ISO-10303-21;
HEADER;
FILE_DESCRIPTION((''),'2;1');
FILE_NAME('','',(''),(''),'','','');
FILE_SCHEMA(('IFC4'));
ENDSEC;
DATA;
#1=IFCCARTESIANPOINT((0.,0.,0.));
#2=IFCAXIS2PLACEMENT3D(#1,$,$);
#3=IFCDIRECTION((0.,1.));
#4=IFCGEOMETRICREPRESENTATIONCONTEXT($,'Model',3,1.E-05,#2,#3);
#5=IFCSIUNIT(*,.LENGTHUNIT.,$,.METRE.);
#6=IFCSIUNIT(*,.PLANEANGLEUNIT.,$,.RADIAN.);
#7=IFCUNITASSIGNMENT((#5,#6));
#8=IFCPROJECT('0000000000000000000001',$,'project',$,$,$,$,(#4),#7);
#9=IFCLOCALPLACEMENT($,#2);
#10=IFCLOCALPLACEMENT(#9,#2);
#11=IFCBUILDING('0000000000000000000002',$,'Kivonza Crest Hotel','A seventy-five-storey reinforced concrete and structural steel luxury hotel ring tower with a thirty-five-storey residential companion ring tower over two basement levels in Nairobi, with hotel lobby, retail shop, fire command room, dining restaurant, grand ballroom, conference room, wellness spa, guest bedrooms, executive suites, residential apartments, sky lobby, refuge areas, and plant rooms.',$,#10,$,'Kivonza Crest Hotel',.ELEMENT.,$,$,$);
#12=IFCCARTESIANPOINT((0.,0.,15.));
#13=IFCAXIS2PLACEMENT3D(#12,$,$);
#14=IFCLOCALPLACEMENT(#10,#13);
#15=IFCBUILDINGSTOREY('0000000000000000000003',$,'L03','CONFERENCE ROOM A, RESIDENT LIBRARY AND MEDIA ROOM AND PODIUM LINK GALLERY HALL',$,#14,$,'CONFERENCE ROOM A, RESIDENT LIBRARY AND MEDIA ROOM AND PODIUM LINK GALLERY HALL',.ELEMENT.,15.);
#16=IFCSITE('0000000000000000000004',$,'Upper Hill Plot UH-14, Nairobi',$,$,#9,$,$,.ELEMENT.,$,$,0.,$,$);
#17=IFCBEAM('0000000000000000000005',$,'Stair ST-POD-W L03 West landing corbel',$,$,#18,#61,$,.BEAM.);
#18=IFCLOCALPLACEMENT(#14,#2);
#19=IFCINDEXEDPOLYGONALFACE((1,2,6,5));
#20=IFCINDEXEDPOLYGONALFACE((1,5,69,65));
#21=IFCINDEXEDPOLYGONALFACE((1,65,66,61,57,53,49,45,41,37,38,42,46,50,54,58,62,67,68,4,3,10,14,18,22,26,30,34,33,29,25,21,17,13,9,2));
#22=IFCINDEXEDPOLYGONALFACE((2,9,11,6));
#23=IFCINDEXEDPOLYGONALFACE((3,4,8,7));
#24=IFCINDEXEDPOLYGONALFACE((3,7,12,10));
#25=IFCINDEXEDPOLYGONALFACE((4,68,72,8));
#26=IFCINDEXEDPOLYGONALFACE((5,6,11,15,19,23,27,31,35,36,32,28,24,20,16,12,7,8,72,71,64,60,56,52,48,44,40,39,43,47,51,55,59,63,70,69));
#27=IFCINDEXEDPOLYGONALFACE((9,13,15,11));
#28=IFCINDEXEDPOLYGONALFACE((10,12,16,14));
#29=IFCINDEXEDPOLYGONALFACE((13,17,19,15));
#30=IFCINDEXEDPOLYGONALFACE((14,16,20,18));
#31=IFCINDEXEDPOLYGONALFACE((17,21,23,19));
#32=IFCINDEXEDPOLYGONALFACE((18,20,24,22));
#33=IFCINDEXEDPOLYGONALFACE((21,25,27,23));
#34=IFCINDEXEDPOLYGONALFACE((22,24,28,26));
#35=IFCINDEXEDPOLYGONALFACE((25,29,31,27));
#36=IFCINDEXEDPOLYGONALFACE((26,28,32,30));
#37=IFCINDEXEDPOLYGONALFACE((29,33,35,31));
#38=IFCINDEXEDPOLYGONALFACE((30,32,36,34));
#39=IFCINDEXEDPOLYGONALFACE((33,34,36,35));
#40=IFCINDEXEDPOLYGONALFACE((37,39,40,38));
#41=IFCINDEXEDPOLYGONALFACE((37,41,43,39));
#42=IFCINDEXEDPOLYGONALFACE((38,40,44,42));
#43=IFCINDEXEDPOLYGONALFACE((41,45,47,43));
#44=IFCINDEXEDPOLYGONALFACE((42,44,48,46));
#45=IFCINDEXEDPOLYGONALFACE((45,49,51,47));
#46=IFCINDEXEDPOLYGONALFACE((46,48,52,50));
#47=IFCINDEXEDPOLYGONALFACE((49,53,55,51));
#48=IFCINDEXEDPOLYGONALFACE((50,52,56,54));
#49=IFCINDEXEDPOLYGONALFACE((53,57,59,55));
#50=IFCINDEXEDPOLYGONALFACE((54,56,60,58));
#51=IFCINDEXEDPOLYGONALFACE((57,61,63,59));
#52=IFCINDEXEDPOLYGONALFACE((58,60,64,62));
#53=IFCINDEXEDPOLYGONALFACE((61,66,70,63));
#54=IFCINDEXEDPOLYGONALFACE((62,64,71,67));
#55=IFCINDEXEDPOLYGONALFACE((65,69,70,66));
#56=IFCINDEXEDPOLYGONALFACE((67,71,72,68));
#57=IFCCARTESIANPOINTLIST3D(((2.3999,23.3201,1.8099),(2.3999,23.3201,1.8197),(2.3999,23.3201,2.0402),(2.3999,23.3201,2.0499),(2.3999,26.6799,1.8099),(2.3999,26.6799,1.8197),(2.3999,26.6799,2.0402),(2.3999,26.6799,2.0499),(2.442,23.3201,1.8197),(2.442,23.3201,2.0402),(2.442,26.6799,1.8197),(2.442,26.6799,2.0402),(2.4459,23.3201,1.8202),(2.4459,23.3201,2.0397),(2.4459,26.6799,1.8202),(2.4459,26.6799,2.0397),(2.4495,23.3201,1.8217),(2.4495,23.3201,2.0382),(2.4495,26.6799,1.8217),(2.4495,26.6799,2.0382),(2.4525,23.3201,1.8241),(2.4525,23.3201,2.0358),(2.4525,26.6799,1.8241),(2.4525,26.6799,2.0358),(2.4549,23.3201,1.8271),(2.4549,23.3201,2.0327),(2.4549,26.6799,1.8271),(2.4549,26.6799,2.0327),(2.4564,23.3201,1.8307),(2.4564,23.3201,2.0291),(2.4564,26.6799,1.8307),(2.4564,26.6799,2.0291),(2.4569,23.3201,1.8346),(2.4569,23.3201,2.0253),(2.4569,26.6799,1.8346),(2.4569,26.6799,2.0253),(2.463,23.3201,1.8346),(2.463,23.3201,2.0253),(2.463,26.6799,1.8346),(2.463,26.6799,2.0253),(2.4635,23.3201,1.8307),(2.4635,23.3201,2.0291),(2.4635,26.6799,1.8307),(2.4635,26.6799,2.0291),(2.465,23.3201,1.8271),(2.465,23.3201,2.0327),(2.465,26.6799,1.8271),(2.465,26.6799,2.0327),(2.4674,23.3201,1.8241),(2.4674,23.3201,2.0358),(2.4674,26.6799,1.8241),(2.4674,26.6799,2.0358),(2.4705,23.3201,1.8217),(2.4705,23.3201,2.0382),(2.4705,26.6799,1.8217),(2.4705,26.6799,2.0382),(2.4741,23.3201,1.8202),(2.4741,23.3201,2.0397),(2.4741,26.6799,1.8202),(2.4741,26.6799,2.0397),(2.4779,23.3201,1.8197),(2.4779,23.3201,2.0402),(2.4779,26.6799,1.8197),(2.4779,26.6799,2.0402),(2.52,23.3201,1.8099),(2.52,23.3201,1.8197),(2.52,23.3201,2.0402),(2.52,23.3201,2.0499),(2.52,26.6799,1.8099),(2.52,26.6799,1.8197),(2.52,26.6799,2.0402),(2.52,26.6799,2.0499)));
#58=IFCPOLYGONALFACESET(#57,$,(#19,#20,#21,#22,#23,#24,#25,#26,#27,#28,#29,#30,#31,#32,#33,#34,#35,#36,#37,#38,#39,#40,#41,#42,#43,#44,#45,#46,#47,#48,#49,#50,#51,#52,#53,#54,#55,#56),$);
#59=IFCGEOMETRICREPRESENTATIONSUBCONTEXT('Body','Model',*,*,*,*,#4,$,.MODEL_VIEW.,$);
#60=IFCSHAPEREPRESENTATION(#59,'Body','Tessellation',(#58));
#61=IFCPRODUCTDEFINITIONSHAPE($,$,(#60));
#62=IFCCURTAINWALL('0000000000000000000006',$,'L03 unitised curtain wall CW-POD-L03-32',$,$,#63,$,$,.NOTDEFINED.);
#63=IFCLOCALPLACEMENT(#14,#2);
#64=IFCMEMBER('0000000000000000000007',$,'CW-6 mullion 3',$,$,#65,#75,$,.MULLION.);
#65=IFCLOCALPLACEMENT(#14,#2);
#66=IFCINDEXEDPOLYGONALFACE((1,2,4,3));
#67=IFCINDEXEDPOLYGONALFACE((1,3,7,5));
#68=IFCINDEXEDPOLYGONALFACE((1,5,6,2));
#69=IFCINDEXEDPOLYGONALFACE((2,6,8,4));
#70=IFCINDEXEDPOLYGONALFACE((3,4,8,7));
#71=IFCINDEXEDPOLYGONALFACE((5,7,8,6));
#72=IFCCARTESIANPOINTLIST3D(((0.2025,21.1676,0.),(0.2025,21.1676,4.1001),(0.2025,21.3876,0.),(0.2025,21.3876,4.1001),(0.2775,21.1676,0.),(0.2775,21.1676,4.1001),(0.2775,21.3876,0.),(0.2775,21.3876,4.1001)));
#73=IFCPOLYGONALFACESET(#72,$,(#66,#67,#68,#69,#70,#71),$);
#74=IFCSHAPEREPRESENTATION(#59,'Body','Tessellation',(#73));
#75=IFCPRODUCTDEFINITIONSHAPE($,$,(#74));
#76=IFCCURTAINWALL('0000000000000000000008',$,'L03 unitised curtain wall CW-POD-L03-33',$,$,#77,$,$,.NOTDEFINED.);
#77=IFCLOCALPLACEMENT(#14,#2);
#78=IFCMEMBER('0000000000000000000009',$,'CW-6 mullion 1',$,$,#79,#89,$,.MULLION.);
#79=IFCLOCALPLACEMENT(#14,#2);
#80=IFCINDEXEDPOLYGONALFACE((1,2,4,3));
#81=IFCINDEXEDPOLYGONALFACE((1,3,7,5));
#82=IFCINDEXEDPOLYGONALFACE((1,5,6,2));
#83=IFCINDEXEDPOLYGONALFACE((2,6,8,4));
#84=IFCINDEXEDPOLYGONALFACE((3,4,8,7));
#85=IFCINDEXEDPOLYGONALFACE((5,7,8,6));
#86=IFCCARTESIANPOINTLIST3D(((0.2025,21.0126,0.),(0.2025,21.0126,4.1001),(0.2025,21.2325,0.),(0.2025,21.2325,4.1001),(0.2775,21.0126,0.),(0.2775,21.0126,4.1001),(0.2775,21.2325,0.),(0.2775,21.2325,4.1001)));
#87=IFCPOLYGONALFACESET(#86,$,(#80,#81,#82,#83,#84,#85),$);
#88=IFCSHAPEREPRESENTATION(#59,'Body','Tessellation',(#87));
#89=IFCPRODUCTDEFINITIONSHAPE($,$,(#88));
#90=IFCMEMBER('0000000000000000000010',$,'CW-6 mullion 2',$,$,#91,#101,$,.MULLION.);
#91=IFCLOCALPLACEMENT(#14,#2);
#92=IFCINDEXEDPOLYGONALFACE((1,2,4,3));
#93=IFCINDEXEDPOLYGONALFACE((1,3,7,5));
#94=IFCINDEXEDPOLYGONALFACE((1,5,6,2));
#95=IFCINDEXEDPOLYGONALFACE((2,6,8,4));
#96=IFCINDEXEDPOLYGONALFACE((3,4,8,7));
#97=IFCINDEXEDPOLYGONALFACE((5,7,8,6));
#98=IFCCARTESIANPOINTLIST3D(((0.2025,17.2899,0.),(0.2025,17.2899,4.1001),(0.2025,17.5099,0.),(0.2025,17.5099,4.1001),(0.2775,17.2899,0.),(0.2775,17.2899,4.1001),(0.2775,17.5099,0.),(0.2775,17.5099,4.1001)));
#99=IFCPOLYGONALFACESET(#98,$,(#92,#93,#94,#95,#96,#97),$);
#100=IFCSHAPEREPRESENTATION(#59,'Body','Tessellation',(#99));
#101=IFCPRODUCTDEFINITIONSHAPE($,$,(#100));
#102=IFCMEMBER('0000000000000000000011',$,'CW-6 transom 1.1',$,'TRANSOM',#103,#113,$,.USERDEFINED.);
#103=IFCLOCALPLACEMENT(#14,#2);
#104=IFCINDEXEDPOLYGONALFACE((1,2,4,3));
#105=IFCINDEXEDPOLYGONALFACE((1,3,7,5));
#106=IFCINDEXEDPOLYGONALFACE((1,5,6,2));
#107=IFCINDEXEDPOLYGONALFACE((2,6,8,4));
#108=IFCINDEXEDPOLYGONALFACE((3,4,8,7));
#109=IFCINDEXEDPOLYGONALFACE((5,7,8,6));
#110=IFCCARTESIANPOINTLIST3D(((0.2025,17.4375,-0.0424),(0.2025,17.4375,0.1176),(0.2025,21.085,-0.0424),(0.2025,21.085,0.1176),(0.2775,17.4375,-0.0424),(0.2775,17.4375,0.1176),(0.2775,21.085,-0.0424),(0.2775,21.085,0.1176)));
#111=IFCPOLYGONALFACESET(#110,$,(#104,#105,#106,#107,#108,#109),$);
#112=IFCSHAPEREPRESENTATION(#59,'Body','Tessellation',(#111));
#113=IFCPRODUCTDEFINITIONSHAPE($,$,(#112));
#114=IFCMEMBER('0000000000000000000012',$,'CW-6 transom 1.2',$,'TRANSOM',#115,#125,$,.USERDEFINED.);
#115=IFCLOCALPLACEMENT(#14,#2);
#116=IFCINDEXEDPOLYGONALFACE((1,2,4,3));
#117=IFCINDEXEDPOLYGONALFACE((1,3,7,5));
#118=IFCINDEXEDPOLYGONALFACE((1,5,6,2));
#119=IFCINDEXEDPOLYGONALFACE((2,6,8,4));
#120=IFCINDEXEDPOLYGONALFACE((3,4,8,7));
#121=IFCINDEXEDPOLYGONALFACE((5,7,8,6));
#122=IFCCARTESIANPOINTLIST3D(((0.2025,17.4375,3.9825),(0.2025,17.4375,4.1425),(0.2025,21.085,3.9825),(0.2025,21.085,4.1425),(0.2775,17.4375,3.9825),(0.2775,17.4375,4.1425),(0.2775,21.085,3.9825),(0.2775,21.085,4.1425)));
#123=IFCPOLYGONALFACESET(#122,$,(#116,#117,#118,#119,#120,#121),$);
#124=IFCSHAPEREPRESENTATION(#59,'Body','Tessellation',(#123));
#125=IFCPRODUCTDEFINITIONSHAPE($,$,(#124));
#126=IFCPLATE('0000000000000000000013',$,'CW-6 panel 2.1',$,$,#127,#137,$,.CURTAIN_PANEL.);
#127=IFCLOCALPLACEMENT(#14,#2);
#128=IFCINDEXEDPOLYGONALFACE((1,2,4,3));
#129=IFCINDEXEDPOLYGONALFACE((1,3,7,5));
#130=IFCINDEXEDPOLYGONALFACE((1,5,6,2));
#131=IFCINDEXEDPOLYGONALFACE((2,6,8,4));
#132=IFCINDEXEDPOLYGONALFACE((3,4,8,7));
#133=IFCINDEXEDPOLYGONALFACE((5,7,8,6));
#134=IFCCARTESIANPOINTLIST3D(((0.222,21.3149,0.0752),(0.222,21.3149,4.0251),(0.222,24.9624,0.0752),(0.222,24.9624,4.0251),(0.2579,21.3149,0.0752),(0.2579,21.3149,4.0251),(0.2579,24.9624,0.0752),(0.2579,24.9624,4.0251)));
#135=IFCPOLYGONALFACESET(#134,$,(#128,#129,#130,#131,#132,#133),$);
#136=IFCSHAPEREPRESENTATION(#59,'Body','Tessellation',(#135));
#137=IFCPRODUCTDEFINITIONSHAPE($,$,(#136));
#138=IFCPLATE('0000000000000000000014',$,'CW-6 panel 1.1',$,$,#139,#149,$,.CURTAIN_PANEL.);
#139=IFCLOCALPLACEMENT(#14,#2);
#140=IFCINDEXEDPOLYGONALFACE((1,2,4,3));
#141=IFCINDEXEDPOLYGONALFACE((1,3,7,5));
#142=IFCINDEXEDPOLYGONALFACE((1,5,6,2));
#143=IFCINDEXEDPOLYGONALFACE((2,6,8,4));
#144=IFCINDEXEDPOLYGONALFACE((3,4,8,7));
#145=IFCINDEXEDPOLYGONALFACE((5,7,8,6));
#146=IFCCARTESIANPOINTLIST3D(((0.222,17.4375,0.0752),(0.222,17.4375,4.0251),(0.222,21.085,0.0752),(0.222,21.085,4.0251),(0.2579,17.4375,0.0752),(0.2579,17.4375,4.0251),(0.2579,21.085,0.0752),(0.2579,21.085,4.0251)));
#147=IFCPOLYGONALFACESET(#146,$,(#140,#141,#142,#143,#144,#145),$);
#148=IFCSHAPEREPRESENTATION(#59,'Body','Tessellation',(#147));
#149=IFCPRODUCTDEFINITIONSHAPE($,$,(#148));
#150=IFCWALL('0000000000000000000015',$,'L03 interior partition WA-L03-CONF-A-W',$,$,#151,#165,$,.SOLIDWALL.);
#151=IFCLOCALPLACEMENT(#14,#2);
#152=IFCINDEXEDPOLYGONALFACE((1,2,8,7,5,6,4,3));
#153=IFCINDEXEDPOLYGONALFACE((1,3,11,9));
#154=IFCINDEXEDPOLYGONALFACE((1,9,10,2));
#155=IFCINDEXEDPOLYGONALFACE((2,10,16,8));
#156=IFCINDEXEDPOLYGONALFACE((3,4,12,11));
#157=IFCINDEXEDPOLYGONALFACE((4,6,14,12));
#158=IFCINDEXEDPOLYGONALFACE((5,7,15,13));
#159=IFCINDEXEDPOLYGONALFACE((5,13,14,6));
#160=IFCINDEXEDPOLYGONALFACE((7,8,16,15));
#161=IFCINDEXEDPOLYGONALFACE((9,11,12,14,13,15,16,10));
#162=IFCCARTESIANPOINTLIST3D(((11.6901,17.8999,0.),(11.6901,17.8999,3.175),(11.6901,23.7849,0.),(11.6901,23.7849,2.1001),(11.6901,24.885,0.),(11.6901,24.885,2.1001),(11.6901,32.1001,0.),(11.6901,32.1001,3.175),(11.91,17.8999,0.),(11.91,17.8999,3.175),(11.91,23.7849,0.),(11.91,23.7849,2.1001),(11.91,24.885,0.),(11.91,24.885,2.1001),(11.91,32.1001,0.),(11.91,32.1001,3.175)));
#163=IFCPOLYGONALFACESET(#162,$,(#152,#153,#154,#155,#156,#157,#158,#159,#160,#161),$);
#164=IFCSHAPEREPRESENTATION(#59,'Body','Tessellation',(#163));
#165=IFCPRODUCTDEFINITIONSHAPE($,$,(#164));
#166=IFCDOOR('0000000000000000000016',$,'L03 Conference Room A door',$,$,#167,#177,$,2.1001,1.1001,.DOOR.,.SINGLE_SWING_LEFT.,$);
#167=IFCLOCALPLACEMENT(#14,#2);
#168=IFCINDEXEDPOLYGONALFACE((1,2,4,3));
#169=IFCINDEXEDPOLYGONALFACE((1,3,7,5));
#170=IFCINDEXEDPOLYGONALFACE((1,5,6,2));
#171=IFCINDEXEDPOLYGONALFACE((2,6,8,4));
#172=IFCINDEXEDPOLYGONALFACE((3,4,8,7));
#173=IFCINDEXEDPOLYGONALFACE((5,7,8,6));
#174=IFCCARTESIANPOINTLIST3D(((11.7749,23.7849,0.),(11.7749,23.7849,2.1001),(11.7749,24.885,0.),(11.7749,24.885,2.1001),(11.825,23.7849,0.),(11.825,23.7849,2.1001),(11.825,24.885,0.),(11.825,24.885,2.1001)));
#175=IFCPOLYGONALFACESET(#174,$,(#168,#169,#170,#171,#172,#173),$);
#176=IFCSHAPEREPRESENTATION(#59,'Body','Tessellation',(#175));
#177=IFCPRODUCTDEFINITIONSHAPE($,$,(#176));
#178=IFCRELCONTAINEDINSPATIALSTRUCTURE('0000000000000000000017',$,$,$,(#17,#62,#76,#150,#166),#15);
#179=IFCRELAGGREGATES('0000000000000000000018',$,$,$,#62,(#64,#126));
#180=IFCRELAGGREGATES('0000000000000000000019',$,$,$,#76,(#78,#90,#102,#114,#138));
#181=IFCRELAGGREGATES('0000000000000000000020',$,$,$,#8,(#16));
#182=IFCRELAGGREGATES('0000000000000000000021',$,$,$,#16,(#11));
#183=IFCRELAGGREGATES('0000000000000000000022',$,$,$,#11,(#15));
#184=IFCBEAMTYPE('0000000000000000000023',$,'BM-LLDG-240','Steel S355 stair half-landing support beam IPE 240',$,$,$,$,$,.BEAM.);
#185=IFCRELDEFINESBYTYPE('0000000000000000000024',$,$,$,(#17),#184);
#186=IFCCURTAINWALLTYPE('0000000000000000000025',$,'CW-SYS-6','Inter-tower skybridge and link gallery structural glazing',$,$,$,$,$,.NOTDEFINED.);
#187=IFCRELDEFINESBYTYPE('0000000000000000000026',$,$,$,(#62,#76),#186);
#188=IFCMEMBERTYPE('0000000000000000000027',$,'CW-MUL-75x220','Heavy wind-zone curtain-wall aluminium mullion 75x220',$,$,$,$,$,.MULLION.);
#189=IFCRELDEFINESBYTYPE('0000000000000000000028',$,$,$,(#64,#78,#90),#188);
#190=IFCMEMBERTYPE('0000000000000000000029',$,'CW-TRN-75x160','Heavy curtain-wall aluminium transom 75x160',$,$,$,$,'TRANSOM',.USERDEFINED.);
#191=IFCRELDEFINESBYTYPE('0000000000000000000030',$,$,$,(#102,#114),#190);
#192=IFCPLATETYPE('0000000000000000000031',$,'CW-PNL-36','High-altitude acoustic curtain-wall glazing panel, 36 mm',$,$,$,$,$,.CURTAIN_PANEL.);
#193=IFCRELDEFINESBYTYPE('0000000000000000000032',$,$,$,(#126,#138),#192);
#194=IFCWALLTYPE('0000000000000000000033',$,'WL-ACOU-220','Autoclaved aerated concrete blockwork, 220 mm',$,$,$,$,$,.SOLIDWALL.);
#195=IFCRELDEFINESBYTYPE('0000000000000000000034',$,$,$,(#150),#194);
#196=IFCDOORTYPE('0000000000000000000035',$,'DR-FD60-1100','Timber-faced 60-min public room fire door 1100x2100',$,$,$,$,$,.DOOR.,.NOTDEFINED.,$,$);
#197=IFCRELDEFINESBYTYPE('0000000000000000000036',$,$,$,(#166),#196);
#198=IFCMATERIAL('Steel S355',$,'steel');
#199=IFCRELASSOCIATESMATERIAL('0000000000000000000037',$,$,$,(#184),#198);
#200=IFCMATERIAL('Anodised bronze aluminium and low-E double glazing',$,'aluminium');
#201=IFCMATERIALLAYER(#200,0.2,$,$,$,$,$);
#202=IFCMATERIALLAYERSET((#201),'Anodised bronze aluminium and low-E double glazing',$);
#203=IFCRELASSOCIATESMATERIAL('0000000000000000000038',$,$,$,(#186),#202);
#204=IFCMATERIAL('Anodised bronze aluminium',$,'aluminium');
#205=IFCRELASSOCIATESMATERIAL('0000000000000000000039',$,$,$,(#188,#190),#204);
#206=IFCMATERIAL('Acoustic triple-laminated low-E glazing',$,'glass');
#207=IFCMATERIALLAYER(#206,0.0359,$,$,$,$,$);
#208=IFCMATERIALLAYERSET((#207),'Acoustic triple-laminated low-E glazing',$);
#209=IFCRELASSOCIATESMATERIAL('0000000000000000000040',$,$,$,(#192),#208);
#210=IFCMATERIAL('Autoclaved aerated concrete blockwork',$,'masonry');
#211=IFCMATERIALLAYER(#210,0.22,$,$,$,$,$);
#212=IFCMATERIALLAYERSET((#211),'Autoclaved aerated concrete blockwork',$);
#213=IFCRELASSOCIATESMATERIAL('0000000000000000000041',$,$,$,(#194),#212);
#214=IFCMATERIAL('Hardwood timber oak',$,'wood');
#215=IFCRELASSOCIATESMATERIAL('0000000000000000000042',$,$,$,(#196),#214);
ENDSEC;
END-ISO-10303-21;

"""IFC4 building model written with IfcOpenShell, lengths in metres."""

from ifc_helpers import new_model, si_unit, direction, frame, frame_2d, origin, origin_2d, place, context, subcontext, project, spatial, rectangle, i_section, extrude, material, layer, layer_set, material_profile, profile_set, type_object, element, fill, aggregate, save


model = new_model("IFC4")

# Units and contexts
model_context = context("Model", 3, precision=1e-05, world=origin(), true_north=direction((0.0, 1.0)))
body_context = subcontext(model_context, "Body", "Model", "MODEL_VIEW")
ifc_project = project(units=[si_unit("LENGTHUNIT", "METRE"), si_unit("PLANEANGLEUNIT", "RADIAN")], contexts=[model_context])

# Site, building, storey
site_placement = place(None, origin())
site = spatial("IfcSite", under=ifc_project, at=site_placement, Name="Upper Hill Plot UH-14, Nairobi", CompositionType="ELEMENT", RefElevation=0.0)
building_placement = place(site_placement, origin())
building = spatial("IfcBuilding", under=site, at=building_placement, Name="Kivonza Crest Hotel", Description="A seventy-five-storey reinforced concrete and structural steel luxury hotel ring tower with a thirty-five-storey residential companion ring tower over two basement levels in Nairobi, with hotel lobby, retail shop, fire command room, dining restaurant, grand ballroom, conference room, wellness spa, guest bedrooms, executive suites, residential apartments, sky lobby, refuge areas, and plant rooms.", LongName="Kivonza Crest Hotel", CompositionType="ELEMENT")
storey_placement = place(building_placement, frame((0.0, 0.0, 15.0)))
storey = spatial("IfcBuildingStorey", under=building, at=storey_placement, Name="L03", Description="CONFERENCE ROOM A, RESIDENT LIBRARY AND MEDIA ROOM AND PODIUM LINK GALLERY HALL", LongName="CONFERENCE ROOM A, RESIDENT LIBRARY AND MEDIA ROOM AND PODIUM LINK GALLERY HALL", CompositionType="ELEMENT", Elevation=15.0)

# Beam
ifc_material_1 = material(Name="Steel S355", Category="steel")
ifc_material_profile_1 = material_profile(ifc_material_1, i_section(OverallWidth=0.1201, OverallDepth=0.24, WebThickness=0.0061, FlangeThickness=0.0098, FilletRadius=0.0149, at=origin_2d()), Name="IPE 240")
ifc_profile_set_1 = profile_set([ifc_material_profile_1], Name="Steel S355")
beam_type_1 = type_object("IfcBeamType", Name="BM-LLDG-240", Description="Steel S355 stair half-landing support beam IPE 240", PredefinedType="BEAM", material=ifc_profile_set_1)
beam_1_placement = place(storey_placement, frame((2.46, 23.3201, 1.9299), z_axis=(0.0, 1.0, 0.0), x_axis=(-1.0, 0.0, 0.0)))
element("IfcBeam", 1, at=beam_1_placement, inside=storey, type_object=beam_type_1, Name="Stair ST-POD-W L03 West landing corbel", PredefinedType="BEAM", context=body_context, shape_type="SweptSolid", body=[
    extrude(i_section(OverallWidth=0.1201, OverallDepth=0.24, WebThickness=0.0061, FlangeThickness=0.0098, FilletRadius=0.0149, at=origin_2d()), origin(), (0.0, 0.0, 1.0), 3.3599),
])

# Curtain wall, member
ifc_material_2 = material(Name="Anodised bronze aluminium and low-E double glazing", Category="aluminium")
ifc_layer_1 = layer(ifc_material_2, 0.2)
ifc_layer_set_1 = layer_set([ifc_layer_1], Name="Anodised bronze aluminium and low-E double glazing")
curtain_wall_type = type_object("IfcCurtainWallType", Name="CW-SYS-6", Description="Inter-tower skybridge and link gallery structural glazing", PredefinedType="NOTDEFINED", material=ifc_layer_set_1)
curtain_wall_1_placement = place(storey_placement, origin())
curtain_wall_1 = element("IfcCurtainWall", 2, at=curtain_wall_1_placement, inside=storey, type_object=curtain_wall_type, Name="L03 unitised curtain wall CW-POD-L03-32", PredefinedType="NOTDEFINED")
ifc_material_3 = material(Name="Anodised bronze aluminium", Category="aluminium")
ifc_material_profile_2 = material_profile(ifc_material_3, rectangle(XDim=0.075, YDim=0.22, at=origin_2d()), Name="CW-M 75x220")
ifc_profile_set_2 = profile_set([ifc_material_profile_2], Name="Anodised bronze aluminium")
member_type_1 = type_object("IfcMemberType", Name="CW-MUL-75x220", Description="Heavy wind-zone curtain-wall aluminium mullion 75x220", PredefinedType="MULLION", material=ifc_profile_set_2)
member_1_placement = place(storey_placement, frame((0.24, 21.2776, 0.0), z_axis=(0.0, 0.0, 1.0), x_axis=(1.0, 0.0, 0.0)))
member_1 = element("IfcMember", 3, at=member_1_placement, type_object=member_type_1, Name="CW-6 mullion 3", PredefinedType="MULLION", context=body_context, shape_type="SweptSolid", body=[
    extrude(rectangle(XDim=0.075, YDim=0.22, at=origin_2d()), origin(), (0.0, 0.0, 1.0), 4.1001),
])

# Curtain wall, members
curtain_wall_2_placement = place(storey_placement, origin())
curtain_wall_2 = element("IfcCurtainWall", 4, at=curtain_wall_2_placement, inside=storey, type_object=curtain_wall_type, Name="L03 unitised curtain wall CW-POD-L03-33", PredefinedType="NOTDEFINED")
member_2_placement = place(storey_placement, frame((0.24, 21.1226, 0.0), z_axis=(0.0, 0.0, 1.0), x_axis=(1.0, 0.0, 0.0)))
member_2 = element("IfcMember", 5, at=member_2_placement, type_object=member_type_1, Name="CW-6 mullion 1", PredefinedType="MULLION", context=body_context, shape_type="SweptSolid", body=[
    extrude(rectangle(XDim=0.075, YDim=0.22, at=origin_2d()), origin(), (0.0, 0.0, 1.0), 4.1001),
])
member_3_placement = place(storey_placement, frame((0.24, 17.3999, 0.0), z_axis=(0.0, 0.0, 1.0), x_axis=(1.0, 0.0, 0.0)))
member_3 = element("IfcMember", 6, at=member_3_placement, type_object=member_type_1, Name="CW-6 mullion 2", PredefinedType="MULLION", context=body_context, shape_type="SweptSolid", body=[
    extrude(rectangle(XDim=0.075, YDim=0.22, at=origin_2d()), origin(), (0.0, 0.0, 1.0), 4.1001),
])
ifc_material_profile_3 = material_profile(ifc_material_3, rectangle(XDim=0.075, YDim=0.1599, at=origin_2d()), Name="CW-T 75x160")
ifc_profile_set_3 = profile_set([ifc_material_profile_3], Name="Anodised bronze aluminium")
member_type_2 = type_object("IfcMemberType", Name="CW-TRN-75x160", Description="Heavy curtain-wall aluminium transom 75x160", ElementType="TRANSOM", PredefinedType="USERDEFINED", material=ifc_profile_set_3)
member_4_placement = place(storey_placement, frame((0.24, 21.085, 0.0376), z_axis=(0.0, -1.0, 0.0), x_axis=(1.0, 0.0, 0.0)))
member_4 = element("IfcMember", 7, at=member_4_placement, type_object=member_type_2, Name="CW-6 transom 1.1", ObjectType="TRANSOM", PredefinedType="USERDEFINED", context=body_context, shape_type="SweptSolid", body=[
    extrude(rectangle(XDim=0.075, YDim=0.1599, at=origin_2d()), origin(), (0.0, 0.0, 1.0), 3.6475),
])
member_5_placement = place(storey_placement, frame((0.24, 21.085, 4.0625), z_axis=(0.0, -1.0, 0.0), x_axis=(1.0, 0.0, 0.0)))
member_5 = element("IfcMember", 8, at=member_5_placement, type_object=member_type_2, Name="CW-6 transom 1.2", ObjectType="TRANSOM", PredefinedType="USERDEFINED", context=body_context, shape_type="SweptSolid", body=[
    extrude(rectangle(XDim=0.075, YDim=0.1599, at=origin_2d()), origin(), (0.0, 0.0, 1.0), 3.6475),
])

# Plates
ifc_material_4 = material(Name="Acoustic triple-laminated low-E glazing", Category="glass")
ifc_layer_2 = layer(ifc_material_4, 0.0359)
ifc_layer_set_2 = layer_set([ifc_layer_2], Name="Acoustic triple-laminated low-E glazing")
plate_type = type_object("IfcPlateType", Name="CW-PNL-36", Description="High-altitude acoustic curtain-wall glazing panel, 36 mm", PredefinedType="CURTAIN_PANEL", material=ifc_layer_set_2)
plate_1_placement = place(storey_placement, frame((0.24, 23.1387, 0.0752), z_axis=(0.0, 0.0, 1.0), x_axis=(0.0, -1.0, 0.0)))
plate_1 = element("IfcPlate", 9, at=plate_1_placement, type_object=plate_type, Name="CW-6 panel 2.1", PredefinedType="CURTAIN_PANEL", context=body_context, shape_type="SweptSolid", body=[
    extrude(rectangle(XDim=3.6475, YDim=0.0359, at=origin_2d()), origin(), (0.0, 0.0, 1.0), 3.95),
])
aggregate(curtain_wall_1, [member_1, plate_1])
plate_2_placement = place(storey_placement, frame((0.24, 19.2612, 0.0752), z_axis=(0.0, 0.0, 1.0), x_axis=(0.0, -1.0, 0.0)))
plate_2 = element("IfcPlate", 10, at=plate_2_placement, type_object=plate_type, Name="CW-6 panel 1.1", PredefinedType="CURTAIN_PANEL", context=body_context, shape_type="SweptSolid", body=[
    extrude(rectangle(XDim=3.6475, YDim=0.0359, at=origin_2d()), origin(), (0.0, 0.0, 1.0), 3.95),
])
aggregate(curtain_wall_2, [member_2, member_3, member_4, member_5, plate_2])

# Wall, opening, door
ifc_material_5 = material(Name="Autoclaved aerated concrete blockwork", Category="masonry")
ifc_layer_3 = layer(ifc_material_5, 0.22)
ifc_layer_set_3 = layer_set([ifc_layer_3], Name="Autoclaved aerated concrete blockwork")
wall_type_1 = type_object("IfcWallType", Name="WL-ACOU-220", Description="Autoclaved aerated concrete blockwork, 220 mm", PredefinedType="SOLIDWALL", material=ifc_layer_set_3)
wall_1_placement = place(storey_placement, frame((11.8, 17.8999, 0.0), z_axis=(0.0, 0.0, 1.0), x_axis=(0.0, 1.0, 0.0)))
wall_1 = element("IfcWall", 11, at=wall_1_placement, inside=storey, type_object=wall_type_1, Name="L03 interior partition WA-L03-CONF-A-W", PredefinedType="SOLIDWALL", context=body_context, shape_type="SweptSolid", body=[
    extrude(rectangle(XDim=14.2002, YDim=0.22, at=frame_2d((7.1001, 0.0))), origin(), (0.0, 0.0, 1.0), 3.175),
])
opening_1_placement = place(wall_1_placement, frame((5.885, 0.0, 0.0)))
opening_1 = element("IfcOpeningElement", 12, at=opening_1_placement, cuts=wall_1, PredefinedType="OPENING", context=body_context, shape_type="SweptSolid", body=[
    extrude(rectangle(XDim=1.1001, YDim=2.1001, at=frame_2d((0.55, 1.05))), frame((0.0, 0.1201, 0.0), z_axis=(0.0, -1.0, 0.0), x_axis=(1.0, 0.0, 0.0)), (0.0, 0.0, 1.0), 0.24),
])
ifc_material_6 = material(Name="Hardwood timber oak", Category="wood")
door_type_1 = type_object("IfcDoorType", Name="DR-FD60-1100", Description="Timber-faced 60-min public room fire door 1100x2100", OperationType="NOTDEFINED", PredefinedType="DOOR", material=ifc_material_6)
door_1_placement = place(opening_1_placement, frame((1.1001, 0.0, 0.0), z_axis=(0.0, 0.0, 1.0), x_axis=(-1.0, 0.0, 0.0)))
door_1 = element("IfcDoor", 13, at=door_1_placement, inside=storey, type_object=door_type_1, Name="L03 Conference Room A door", OperationType="SINGLE_SWING_LEFT", OverallHeight=2.1001, OverallWidth=1.1001, PredefinedType="DOOR", context=body_context, shape_type="SweptSolid", body=[
    extrude(rectangle(XDim=1.1001, YDim=2.1001, at=frame_2d((0.55, 1.05))), frame((0.0, 0.0249, 0.0), z_axis=(0.0, -1.0, 0.0), x_axis=(1.0, 0.0, 0.0)), (0.0, 0.0, 1.0), 0.05),
])
fill(opening_1, door_1)

save(model, "model.ifc")
